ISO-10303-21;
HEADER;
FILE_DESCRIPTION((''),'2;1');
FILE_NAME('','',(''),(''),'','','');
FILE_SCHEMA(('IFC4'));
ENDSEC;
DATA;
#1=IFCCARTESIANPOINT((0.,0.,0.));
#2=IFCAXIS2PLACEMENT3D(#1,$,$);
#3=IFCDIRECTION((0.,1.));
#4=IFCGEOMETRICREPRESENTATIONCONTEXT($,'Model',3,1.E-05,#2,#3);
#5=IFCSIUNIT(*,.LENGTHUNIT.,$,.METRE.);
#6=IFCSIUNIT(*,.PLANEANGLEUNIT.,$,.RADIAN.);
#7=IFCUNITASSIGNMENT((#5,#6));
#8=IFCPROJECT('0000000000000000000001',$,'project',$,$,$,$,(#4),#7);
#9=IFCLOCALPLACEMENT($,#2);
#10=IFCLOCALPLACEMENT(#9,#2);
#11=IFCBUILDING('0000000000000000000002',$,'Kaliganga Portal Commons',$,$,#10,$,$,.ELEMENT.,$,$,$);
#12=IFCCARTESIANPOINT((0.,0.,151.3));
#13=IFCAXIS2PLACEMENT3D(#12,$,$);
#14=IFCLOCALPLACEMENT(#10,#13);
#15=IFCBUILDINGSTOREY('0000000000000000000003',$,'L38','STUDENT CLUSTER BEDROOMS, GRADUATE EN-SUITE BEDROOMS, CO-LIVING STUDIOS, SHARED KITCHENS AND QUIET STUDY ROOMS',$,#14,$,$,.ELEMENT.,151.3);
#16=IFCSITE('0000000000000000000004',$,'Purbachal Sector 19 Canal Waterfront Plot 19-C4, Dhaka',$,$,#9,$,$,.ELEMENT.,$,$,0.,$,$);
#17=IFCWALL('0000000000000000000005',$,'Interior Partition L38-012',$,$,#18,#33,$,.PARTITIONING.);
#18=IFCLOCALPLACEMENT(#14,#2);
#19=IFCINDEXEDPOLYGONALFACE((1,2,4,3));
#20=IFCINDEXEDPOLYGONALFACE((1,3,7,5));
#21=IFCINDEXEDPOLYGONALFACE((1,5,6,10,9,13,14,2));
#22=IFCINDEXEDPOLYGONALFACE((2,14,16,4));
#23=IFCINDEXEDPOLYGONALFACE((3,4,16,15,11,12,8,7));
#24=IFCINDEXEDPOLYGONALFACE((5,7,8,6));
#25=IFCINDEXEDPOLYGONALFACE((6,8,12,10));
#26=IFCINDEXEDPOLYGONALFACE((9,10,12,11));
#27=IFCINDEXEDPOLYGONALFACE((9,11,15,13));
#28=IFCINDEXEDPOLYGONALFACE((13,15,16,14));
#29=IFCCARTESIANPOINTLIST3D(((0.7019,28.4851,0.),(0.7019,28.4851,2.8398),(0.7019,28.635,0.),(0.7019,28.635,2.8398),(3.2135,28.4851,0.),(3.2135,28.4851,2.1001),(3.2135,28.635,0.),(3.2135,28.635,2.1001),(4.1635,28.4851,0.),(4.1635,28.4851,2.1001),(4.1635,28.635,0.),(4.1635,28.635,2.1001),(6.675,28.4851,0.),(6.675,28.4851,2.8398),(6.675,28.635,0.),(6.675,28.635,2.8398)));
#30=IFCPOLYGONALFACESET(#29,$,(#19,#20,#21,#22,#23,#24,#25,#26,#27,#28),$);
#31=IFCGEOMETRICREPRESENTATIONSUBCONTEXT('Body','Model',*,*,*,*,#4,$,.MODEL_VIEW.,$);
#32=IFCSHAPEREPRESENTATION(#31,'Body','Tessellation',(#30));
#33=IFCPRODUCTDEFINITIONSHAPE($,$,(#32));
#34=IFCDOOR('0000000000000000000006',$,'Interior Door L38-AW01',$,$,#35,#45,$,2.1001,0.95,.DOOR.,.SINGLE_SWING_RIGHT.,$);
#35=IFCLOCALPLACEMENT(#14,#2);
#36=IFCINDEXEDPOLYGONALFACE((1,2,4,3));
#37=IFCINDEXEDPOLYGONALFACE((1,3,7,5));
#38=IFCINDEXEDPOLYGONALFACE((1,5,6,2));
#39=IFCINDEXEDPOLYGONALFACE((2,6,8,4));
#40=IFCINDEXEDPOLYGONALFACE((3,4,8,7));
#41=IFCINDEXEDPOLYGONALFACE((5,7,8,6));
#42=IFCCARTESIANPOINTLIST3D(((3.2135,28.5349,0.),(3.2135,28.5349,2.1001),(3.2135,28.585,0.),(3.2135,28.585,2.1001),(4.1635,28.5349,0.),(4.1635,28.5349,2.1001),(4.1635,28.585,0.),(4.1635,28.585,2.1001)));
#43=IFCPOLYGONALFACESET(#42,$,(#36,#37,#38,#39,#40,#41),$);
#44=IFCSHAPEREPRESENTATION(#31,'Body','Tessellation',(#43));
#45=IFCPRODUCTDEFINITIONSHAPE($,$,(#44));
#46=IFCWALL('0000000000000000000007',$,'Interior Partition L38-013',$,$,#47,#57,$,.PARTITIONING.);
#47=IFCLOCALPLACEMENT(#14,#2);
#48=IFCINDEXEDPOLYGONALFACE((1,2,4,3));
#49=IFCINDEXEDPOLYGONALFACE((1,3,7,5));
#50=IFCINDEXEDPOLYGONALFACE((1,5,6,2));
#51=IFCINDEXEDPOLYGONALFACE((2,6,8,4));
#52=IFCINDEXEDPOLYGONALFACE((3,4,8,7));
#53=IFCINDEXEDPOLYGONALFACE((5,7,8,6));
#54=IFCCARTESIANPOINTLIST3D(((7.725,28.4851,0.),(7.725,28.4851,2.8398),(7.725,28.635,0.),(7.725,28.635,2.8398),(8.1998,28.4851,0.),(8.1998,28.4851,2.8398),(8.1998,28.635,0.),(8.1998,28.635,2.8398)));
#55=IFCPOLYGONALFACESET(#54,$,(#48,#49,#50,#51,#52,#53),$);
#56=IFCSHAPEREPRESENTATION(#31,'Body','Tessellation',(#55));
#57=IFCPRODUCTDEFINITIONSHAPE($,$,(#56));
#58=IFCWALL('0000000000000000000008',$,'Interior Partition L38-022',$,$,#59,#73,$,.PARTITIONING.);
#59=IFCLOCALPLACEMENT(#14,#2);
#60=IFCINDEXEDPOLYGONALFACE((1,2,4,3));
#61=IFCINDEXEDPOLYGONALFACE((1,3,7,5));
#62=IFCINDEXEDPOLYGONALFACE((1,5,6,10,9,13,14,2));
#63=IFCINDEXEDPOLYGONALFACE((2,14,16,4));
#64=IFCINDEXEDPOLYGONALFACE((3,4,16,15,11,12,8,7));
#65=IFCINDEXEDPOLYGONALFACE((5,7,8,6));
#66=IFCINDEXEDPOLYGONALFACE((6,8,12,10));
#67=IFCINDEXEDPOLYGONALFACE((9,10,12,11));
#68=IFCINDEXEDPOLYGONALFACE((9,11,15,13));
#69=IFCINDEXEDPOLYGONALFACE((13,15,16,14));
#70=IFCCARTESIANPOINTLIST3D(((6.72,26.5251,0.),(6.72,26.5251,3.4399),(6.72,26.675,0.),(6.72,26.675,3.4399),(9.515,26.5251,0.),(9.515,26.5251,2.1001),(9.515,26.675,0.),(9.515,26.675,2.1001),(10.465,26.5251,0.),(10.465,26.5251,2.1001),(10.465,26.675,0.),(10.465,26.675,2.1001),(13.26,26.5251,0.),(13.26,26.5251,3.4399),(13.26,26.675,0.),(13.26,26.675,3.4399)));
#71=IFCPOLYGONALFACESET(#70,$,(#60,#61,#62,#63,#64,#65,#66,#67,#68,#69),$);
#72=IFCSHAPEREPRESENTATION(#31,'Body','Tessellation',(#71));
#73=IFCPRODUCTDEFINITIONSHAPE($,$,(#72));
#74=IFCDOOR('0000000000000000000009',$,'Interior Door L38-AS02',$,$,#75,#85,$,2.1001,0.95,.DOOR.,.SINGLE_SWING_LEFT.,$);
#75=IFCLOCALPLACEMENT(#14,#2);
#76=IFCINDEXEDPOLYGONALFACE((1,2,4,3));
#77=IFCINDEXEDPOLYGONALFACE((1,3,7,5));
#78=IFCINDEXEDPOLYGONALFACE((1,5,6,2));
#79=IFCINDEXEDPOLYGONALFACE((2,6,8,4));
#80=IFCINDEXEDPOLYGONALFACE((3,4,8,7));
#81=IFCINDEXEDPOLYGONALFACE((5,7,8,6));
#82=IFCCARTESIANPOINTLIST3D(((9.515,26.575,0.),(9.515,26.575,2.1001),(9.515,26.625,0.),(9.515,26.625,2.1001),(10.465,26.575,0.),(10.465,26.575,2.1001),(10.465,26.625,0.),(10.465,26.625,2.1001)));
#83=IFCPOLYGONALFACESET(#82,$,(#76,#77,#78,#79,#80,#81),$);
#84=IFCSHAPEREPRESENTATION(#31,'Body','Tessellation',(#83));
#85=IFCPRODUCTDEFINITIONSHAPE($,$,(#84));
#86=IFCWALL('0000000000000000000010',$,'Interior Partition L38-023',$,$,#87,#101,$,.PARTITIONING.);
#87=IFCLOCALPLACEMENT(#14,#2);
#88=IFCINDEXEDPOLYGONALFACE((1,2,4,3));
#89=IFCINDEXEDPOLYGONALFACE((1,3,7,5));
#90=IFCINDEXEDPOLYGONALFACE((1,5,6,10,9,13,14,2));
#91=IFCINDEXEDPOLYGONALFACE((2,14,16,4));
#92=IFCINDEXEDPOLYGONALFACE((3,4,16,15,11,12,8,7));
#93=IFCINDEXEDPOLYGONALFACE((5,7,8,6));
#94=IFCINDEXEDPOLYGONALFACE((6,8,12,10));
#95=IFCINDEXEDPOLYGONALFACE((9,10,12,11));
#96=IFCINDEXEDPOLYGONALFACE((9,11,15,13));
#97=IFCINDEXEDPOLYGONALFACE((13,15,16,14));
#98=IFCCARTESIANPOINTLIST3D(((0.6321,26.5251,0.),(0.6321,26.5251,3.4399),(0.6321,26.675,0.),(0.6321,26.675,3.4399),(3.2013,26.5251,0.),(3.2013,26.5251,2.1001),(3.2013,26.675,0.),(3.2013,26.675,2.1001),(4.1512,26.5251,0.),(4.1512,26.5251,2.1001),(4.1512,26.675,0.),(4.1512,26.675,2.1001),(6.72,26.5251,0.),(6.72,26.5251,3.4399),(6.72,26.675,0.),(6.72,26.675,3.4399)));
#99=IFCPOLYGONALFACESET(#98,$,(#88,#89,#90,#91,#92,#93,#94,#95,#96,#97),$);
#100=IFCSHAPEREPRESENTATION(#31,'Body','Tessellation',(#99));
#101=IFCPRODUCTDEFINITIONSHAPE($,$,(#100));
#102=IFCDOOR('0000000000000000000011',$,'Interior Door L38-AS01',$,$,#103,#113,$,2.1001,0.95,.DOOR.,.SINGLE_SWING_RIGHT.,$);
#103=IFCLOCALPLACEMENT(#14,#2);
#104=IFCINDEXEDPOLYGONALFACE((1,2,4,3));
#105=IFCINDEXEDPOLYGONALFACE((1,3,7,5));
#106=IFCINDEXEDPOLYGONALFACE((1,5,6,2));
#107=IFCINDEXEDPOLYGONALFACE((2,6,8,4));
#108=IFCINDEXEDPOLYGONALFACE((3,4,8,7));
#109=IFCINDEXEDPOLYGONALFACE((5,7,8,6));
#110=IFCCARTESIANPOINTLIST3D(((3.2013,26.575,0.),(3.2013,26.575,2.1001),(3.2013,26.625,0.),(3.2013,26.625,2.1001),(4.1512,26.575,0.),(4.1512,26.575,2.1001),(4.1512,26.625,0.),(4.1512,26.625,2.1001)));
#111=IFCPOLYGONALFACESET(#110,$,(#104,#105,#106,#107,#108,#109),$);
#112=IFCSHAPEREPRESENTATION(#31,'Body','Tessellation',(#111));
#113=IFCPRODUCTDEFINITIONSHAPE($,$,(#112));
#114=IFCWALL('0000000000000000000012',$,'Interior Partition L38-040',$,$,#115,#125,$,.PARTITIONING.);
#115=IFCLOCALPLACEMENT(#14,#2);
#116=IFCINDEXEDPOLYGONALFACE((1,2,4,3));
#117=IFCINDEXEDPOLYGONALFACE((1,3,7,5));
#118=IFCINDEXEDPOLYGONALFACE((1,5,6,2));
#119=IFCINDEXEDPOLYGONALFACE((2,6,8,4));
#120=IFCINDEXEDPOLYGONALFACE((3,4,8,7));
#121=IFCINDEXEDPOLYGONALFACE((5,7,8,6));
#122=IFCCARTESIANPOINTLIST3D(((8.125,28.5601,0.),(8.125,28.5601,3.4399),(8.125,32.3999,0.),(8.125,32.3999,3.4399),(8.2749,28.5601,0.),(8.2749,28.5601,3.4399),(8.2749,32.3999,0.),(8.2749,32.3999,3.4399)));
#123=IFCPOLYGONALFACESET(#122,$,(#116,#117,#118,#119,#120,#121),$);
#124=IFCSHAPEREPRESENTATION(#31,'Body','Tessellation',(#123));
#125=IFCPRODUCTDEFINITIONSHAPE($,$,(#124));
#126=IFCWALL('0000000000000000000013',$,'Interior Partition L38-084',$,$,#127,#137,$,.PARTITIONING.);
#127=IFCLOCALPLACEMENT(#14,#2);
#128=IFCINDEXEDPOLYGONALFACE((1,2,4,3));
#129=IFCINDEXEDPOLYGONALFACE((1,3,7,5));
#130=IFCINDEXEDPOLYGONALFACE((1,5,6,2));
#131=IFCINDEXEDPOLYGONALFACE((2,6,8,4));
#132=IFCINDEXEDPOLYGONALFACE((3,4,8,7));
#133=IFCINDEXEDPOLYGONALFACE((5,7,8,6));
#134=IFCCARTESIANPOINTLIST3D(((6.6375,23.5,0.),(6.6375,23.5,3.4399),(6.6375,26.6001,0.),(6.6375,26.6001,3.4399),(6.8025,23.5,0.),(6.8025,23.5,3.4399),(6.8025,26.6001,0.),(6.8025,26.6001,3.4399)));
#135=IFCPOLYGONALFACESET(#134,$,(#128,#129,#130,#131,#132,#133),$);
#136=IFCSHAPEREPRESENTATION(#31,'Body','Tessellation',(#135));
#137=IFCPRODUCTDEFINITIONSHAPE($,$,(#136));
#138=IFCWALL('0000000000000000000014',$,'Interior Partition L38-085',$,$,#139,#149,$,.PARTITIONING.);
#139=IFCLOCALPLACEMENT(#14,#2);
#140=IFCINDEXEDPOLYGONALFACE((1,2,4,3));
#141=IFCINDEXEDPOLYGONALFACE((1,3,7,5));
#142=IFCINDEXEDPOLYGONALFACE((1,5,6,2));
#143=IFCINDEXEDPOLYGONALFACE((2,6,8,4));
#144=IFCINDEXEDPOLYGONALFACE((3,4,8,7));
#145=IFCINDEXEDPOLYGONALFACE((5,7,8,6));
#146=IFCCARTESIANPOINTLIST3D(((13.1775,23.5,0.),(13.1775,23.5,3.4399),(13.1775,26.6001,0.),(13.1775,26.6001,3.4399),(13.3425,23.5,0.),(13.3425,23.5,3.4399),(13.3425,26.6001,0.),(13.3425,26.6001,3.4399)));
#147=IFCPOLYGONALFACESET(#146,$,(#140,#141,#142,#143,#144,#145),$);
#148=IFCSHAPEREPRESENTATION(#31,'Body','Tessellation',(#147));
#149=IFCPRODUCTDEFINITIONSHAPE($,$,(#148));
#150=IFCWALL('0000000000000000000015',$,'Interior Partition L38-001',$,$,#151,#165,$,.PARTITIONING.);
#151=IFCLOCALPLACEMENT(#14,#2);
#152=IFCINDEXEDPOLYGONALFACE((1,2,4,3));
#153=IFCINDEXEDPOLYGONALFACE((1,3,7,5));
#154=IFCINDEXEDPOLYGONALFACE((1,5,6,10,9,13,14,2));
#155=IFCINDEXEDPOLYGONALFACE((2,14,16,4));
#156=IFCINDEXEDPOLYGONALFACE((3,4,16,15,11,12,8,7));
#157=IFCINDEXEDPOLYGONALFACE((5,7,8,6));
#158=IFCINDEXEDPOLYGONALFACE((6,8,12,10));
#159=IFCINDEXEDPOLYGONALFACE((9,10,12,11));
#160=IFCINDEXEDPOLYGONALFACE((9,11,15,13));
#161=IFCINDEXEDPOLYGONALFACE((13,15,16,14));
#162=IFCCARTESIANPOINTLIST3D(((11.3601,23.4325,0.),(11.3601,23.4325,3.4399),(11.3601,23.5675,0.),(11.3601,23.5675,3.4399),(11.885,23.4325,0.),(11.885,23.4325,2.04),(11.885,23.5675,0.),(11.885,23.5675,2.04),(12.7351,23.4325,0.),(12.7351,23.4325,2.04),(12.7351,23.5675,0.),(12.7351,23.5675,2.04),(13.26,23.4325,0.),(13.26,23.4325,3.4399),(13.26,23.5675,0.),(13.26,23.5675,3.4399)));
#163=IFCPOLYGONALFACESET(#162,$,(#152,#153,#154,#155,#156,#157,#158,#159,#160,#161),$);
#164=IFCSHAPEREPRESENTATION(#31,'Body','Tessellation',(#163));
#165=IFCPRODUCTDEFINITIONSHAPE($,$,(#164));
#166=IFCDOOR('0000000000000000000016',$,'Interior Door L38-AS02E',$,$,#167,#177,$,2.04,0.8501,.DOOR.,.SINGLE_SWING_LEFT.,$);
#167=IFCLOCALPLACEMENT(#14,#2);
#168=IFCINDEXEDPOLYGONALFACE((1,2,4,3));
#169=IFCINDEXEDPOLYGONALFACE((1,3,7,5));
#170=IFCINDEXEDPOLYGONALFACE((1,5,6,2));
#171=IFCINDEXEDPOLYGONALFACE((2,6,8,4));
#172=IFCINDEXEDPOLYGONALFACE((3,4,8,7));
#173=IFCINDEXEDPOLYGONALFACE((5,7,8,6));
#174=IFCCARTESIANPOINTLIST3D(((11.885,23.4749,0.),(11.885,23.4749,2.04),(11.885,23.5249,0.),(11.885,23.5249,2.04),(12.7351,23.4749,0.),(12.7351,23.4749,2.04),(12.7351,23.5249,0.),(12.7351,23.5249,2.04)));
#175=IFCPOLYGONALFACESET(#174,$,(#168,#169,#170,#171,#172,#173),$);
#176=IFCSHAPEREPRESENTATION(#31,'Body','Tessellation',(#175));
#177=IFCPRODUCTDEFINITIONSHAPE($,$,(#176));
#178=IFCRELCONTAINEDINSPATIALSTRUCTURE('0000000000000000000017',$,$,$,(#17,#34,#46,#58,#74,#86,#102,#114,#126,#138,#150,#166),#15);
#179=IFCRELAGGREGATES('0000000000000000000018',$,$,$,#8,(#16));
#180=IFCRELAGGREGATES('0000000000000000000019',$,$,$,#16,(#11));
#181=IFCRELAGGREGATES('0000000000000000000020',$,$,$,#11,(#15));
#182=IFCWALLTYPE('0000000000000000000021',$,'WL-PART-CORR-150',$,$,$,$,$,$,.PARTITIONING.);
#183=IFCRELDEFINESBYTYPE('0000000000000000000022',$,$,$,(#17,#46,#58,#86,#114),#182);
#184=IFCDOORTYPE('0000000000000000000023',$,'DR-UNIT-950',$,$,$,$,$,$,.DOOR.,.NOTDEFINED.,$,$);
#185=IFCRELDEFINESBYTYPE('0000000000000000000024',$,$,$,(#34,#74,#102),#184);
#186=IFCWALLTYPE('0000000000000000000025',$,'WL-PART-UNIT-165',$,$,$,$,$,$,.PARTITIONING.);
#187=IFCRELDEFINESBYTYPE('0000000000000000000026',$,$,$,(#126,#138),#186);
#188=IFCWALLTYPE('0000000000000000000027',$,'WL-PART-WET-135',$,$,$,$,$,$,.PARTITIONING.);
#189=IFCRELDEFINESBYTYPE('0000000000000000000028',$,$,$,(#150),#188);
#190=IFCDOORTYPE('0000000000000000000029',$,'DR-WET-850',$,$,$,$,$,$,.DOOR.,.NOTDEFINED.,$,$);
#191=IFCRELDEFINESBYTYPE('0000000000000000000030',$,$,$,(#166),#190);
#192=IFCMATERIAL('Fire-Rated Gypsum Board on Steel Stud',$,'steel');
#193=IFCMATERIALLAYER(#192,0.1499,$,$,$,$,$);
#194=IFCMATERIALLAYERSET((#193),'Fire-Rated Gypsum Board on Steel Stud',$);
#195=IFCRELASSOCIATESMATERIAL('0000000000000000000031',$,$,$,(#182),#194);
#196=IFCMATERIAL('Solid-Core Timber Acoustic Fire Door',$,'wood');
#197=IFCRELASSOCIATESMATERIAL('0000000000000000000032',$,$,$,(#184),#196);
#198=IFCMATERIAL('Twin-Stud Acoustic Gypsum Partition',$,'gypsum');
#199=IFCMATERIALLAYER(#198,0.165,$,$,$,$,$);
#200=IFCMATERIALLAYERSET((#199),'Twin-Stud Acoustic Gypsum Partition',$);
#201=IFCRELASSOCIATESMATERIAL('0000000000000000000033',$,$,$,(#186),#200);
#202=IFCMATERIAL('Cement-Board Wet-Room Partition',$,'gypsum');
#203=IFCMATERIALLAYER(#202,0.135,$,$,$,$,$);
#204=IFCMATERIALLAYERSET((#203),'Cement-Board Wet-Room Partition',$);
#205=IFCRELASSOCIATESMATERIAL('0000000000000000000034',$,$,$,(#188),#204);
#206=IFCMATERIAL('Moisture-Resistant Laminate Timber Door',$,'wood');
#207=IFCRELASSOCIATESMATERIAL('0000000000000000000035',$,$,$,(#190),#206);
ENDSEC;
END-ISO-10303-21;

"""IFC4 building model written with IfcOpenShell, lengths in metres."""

from ifc_helpers import new_model, si_unit, direction, frame, frame_2d, origin, place, context, subcontext, project, spatial, rectangle, extrude, material, layer, layer_set, type_object, element, fill, save


model = new_model("IFC4")

# Units and contexts
model_context = context("Model", 3, precision=1e-05, world=origin(), true_north=direction((0.0, 1.0)))
body_context = subcontext(model_context, "Body", "Model", "MODEL_VIEW")
ifc_project = project(units=[si_unit("LENGTHUNIT", "METRE"), si_unit("PLANEANGLEUNIT", "RADIAN")], contexts=[model_context])

# Site, building, storey
site_placement = place(None, origin())
site = spatial("IfcSite", under=ifc_project, at=site_placement, Name="Purbachal Sector 19 Canal Waterfront Plot 19-C4, Dhaka", CompositionType="ELEMENT", RefElevation=0.0)
building_placement = place(site_placement, origin())
building = spatial("IfcBuilding", under=site, at=building_placement, Name="Kaliganga Portal Commons", CompositionType="ELEMENT")
storey_placement = place(building_placement, frame((0.0, 0.0, 151.3)))
storey = spatial("IfcBuildingStorey", under=building, at=storey_placement, Name="L38", Description="STUDENT CLUSTER BEDROOMS, GRADUATE EN-SUITE BEDROOMS, CO-LIVING STUDIOS, SHARED KITCHENS AND QUIET STUDY ROOMS", CompositionType="ELEMENT", Elevation=151.3)

# Wall, opening, door
ifc_material_1 = material(Name="Fire-Rated Gypsum Board on Steel Stud", Category="steel")
ifc_layer_1 = layer(ifc_material_1, 0.1499)
ifc_layer_set_1 = layer_set([ifc_layer_1], Name="Fire-Rated Gypsum Board on Steel Stud")
wall_type_1 = type_object("IfcWallType", Name="WL-PART-CORR-150", PredefinedType="PARTITIONING", material=ifc_layer_set_1)
wall_1_placement = place(storey_placement, frame((0.7019, 28.5601, 0.0), z_axis=(0.0, 0.0, 1.0), x_axis=(1.0, 0.0, 0.0)))
wall_1 = element("IfcWall", 1, at=wall_1_placement, inside=storey, type_object=wall_type_1, Name="Interior Partition L38-012", PredefinedType="PARTITIONING", context=body_context, shape_type="SweptSolid", body=[
    extrude(rectangle(XDim=5.9731, YDim=0.1499, at=frame_2d((2.9866, 0.0))), origin(), (0.0, 0.0, 1.0), 2.8398),
])
opening_1_placement = place(wall_1_placement, frame((2.5115, 0.0, 0.0)))
opening_1 = element("IfcOpeningElement", 2, at=opening_1_placement, cuts=wall_1, PredefinedType="OPENING", context=body_context, shape_type="SweptSolid", body=[
    extrude(rectangle(XDim=0.95, YDim=2.1001, at=frame_2d((0.4751, 1.05))), frame((0.0, 0.085, 0.0), z_axis=(0.0, -1.0, 0.0), x_axis=(1.0, 0.0, 0.0)), (0.0, 0.0, 1.0), 0.1699),
])
ifc_material_2 = material(Name="Solid-Core Timber Acoustic Fire Door", Category="wood")
door_type_1 = type_object("IfcDoorType", Name="DR-UNIT-950", OperationType="NOTDEFINED", PredefinedType="DOOR", material=ifc_material_2)
door_1_placement = place(opening_1_placement, origin())
door_1 = element("IfcDoor", 3, at=door_1_placement, inside=storey, type_object=door_type_1, Name="Interior Door L38-AW01", OperationType="SINGLE_SWING_RIGHT", OverallHeight=2.1001, OverallWidth=0.95, PredefinedType="DOOR", context=body_context, shape_type="SweptSolid", body=[
    extrude(rectangle(XDim=0.95, YDim=2.1001, at=frame_2d((0.4751, 1.05))), frame((0.0, 0.0249, 0.0), z_axis=(0.0, -1.0, 0.0), x_axis=(1.0, 0.0, 0.0)), (0.0, 0.0, 1.0), 0.05),
])
fill(opening_1, door_1)

# Wall
wall_2_placement = place(storey_placement, frame((7.7251, 28.5601, 0.0), z_axis=(0.0, 0.0, 1.0), x_axis=(1.0, 0.0, 0.0)))
element("IfcWall", 4, at=wall_2_placement, inside=storey, type_object=wall_type_1, Name="Interior Partition L38-013", PredefinedType="PARTITIONING", context=body_context, shape_type="SweptSolid", body=[
    extrude(rectangle(XDim=0.4749, YDim=0.1499, at=frame_2d((0.2373, 0.0))), origin(), (0.0, 0.0, 1.0), 2.8398),
])

# Walls, openings, doors
wall_3_placement = place(storey_placement, frame((6.72, 26.6001, 0.0), z_axis=(0.0, 0.0, 1.0), x_axis=(1.0, 0.0, 0.0)))
wall_3 = element("IfcWall", 5, at=wall_3_placement, inside=storey, type_object=wall_type_1, Name="Interior Partition L38-022", PredefinedType="PARTITIONING", context=body_context, shape_type="SweptSolid", body=[
    extrude(rectangle(XDim=6.54, YDim=0.1499, at=frame_2d((3.27, 0.0))), origin(), (0.0, 0.0, 1.0), 3.4399),
])
opening_2_placement = place(wall_3_placement, frame((2.7949, 0.0, 0.0)))
opening_2 = element("IfcOpeningElement", 6, at=opening_2_placement, cuts=wall_3, PredefinedType="OPENING", context=body_context, shape_type="SweptSolid", body=[
    extrude(rectangle(XDim=0.95, YDim=2.1001, at=frame_2d((0.4751, 1.05))), frame((0.0, 0.085, 0.0), z_axis=(0.0, -1.0, 0.0), x_axis=(1.0, 0.0, 0.0)), (0.0, 0.0, 1.0), 0.1699),
])
door_2_placement = place(opening_2_placement, origin())
door_2 = element("IfcDoor", 7, at=door_2_placement, inside=storey, type_object=door_type_1, Name="Interior Door L38-AS02", OperationType="SINGLE_SWING_LEFT", OverallHeight=2.1001, OverallWidth=0.95, PredefinedType="DOOR", context=body_context, shape_type="SweptSolid", body=[
    extrude(rectangle(XDim=0.95, YDim=2.1001, at=frame_2d((0.4751, 1.05))), frame((0.0, 0.0249, 0.0), z_axis=(0.0, -1.0, 0.0), x_axis=(1.0, 0.0, 0.0)), (0.0, 0.0, 1.0), 0.05),
])
fill(opening_2, door_2)
wall_4_placement = place(storey_placement, frame((0.6321, 26.6001, 0.0), z_axis=(0.0, 0.0, 1.0), x_axis=(1.0, 0.0, 0.0)))
wall_4 = element("IfcWall", 8, at=wall_4_placement, inside=storey, type_object=wall_type_1, Name="Interior Partition L38-023", PredefinedType="PARTITIONING", context=body_context, shape_type="SweptSolid", body=[
    extrude(rectangle(XDim=6.0879, YDim=0.1499, at=frame_2d((3.0439, 0.0))), origin(), (0.0, 0.0, 1.0), 3.4399),
])
opening_3_placement = place(wall_4_placement, frame((2.5691, 0.0, 0.0)))
opening_3 = element("IfcOpeningElement", 9, at=opening_3_placement, cuts=wall_4, PredefinedType="OPENING", context=body_context, shape_type="SweptSolid", body=[
    extrude(rectangle(XDim=0.95, YDim=2.1001, at=frame_2d((0.4751, 1.05))), frame((0.0, 0.085, 0.0), z_axis=(0.0, -1.0, 0.0), x_axis=(1.0, 0.0, 0.0)), (0.0, 0.0, 1.0), 0.1699),
])
door_3_placement = place(opening_3_placement, origin())
door_3 = element("IfcDoor", 10, at=door_3_placement, inside=storey, type_object=door_type_1, Name="Interior Door L38-AS01", OperationType="SINGLE_SWING_RIGHT", OverallHeight=2.1001, OverallWidth=0.95, PredefinedType="DOOR", context=body_context, shape_type="SweptSolid", body=[
    extrude(rectangle(XDim=0.95, YDim=2.1001, at=frame_2d((0.4751, 1.05))), frame((0.0, 0.0249, 0.0), z_axis=(0.0, -1.0, 0.0), x_axis=(1.0, 0.0, 0.0)), (0.0, 0.0, 1.0), 0.05),
])
fill(opening_3, door_3)

# Walls
wall_5_placement = place(storey_placement, frame((8.2, 28.5601, 0.0), z_axis=(0.0, 0.0, 1.0), x_axis=(0.0, 1.0, 0.0)))
element("IfcWall", 11, at=wall_5_placement, inside=storey, type_object=wall_type_1, Name="Interior Partition L38-040", PredefinedType="PARTITIONING", context=body_context, shape_type="SweptSolid", body=[
    extrude(rectangle(XDim=3.8398, YDim=0.1499, at=frame_2d((1.9199, 0.0))), origin(), (0.0, 0.0, 1.0), 3.4399),
])
ifc_material_3 = material(Name="Twin-Stud Acoustic Gypsum Partition", Category="gypsum")
ifc_layer_2 = layer(ifc_material_3, 0.165)
ifc_layer_set_2 = layer_set([ifc_layer_2], Name="Twin-Stud Acoustic Gypsum Partition")
wall_type_2 = type_object("IfcWallType", Name="WL-PART-UNIT-165", PredefinedType="PARTITIONING", material=ifc_layer_set_2)
for number, where, z_axis, x_axis, name in (
    (12, (6.72, 23.5, 0.0), (0.0, 0.0, 1.0), (0.0, 1.0, 0.0), "Interior Partition L38-084"),
    (13, (13.26, 23.5, 0.0), (0.0, 0.0, 1.0), (0.0, 1.0, 0.0), "Interior Partition L38-085"),
):
    element("IfcWall", number, at=place(storey_placement, frame(where, z_axis=z_axis, x_axis=x_axis)), inside=storey, type_object=wall_type_2, Name=name, PredefinedType="PARTITIONING", context=body_context, shape_type="SweptSolid", body=[
        extrude(rectangle(XDim=3.1001, YDim=0.165, at=frame_2d((1.55, 0.0))), origin(), (0.0, 0.0, 1.0), 3.4399),
    ])

# Wall, opening, door
ifc_material_4 = material(Name="Cement-Board Wet-Room Partition", Category="gypsum")
ifc_layer_3 = layer(ifc_material_4, 0.135)
ifc_layer_set_3 = layer_set([ifc_layer_3], Name="Cement-Board Wet-Room Partition")
wall_type_3 = type_object("IfcWallType", Name="WL-PART-WET-135", PredefinedType="PARTITIONING", material=ifc_layer_set_3)
wall_6_placement = place(storey_placement, frame((11.3601, 23.5, 0.0), z_axis=(0.0, 0.0, 1.0), x_axis=(1.0, 0.0, 0.0)))
wall_6 = element("IfcWall", 14, at=wall_6_placement, inside=storey, type_object=wall_type_3, Name="Interior Partition L38-001", PredefinedType="PARTITIONING", context=body_context, shape_type="SweptSolid", body=[
    extrude(rectangle(XDim=1.8999, YDim=0.135, at=frame_2d((0.95, 0.0))), origin(), (0.0, 0.0, 1.0), 3.4399),
])
opening_4_placement = place(wall_6_placement, frame((0.5249, 0.0, 0.0)))
opening_4 = element("IfcOpeningElement", 15, at=opening_4_placement, cuts=wall_6, PredefinedType="OPENING", context=body_context, shape_type="SweptSolid", body=[
    extrude(rectangle(XDim=0.8501, YDim=2.04, at=frame_2d((0.425, 1.02))), frame((0.0, 0.0776, 0.0), z_axis=(0.0, -1.0, 0.0), x_axis=(1.0, 0.0, 0.0)), (0.0, 0.0, 1.0), 0.155),
])
ifc_material_5 = material(Name="Moisture-Resistant Laminate Timber Door", Category="wood")
door_type_2 = type_object("IfcDoorType", Name="DR-WET-850", OperationType="NOTDEFINED", PredefinedType="DOOR", material=ifc_material_5)
door_4_placement = place(opening_4_placement, origin())
door_4 = element("IfcDoor", 16, at=door_4_placement, inside=storey, type_object=door_type_2, Name="Interior Door L38-AS02E", OperationType="SINGLE_SWING_LEFT", OverallHeight=2.04, OverallWidth=0.8501, PredefinedType="DOOR", context=body_context, shape_type="SweptSolid", body=[
    extrude(rectangle(XDim=0.8501, YDim=2.04, at=frame_2d((0.425, 1.02))), frame((0.0, 0.0249, 0.0), z_axis=(0.0, -1.0, 0.0), x_axis=(1.0, 0.0, 0.0)), (0.0, 0.0, 1.0), 0.05),
])
fill(opening_4, door_4)

save(model, "model.ifc")
